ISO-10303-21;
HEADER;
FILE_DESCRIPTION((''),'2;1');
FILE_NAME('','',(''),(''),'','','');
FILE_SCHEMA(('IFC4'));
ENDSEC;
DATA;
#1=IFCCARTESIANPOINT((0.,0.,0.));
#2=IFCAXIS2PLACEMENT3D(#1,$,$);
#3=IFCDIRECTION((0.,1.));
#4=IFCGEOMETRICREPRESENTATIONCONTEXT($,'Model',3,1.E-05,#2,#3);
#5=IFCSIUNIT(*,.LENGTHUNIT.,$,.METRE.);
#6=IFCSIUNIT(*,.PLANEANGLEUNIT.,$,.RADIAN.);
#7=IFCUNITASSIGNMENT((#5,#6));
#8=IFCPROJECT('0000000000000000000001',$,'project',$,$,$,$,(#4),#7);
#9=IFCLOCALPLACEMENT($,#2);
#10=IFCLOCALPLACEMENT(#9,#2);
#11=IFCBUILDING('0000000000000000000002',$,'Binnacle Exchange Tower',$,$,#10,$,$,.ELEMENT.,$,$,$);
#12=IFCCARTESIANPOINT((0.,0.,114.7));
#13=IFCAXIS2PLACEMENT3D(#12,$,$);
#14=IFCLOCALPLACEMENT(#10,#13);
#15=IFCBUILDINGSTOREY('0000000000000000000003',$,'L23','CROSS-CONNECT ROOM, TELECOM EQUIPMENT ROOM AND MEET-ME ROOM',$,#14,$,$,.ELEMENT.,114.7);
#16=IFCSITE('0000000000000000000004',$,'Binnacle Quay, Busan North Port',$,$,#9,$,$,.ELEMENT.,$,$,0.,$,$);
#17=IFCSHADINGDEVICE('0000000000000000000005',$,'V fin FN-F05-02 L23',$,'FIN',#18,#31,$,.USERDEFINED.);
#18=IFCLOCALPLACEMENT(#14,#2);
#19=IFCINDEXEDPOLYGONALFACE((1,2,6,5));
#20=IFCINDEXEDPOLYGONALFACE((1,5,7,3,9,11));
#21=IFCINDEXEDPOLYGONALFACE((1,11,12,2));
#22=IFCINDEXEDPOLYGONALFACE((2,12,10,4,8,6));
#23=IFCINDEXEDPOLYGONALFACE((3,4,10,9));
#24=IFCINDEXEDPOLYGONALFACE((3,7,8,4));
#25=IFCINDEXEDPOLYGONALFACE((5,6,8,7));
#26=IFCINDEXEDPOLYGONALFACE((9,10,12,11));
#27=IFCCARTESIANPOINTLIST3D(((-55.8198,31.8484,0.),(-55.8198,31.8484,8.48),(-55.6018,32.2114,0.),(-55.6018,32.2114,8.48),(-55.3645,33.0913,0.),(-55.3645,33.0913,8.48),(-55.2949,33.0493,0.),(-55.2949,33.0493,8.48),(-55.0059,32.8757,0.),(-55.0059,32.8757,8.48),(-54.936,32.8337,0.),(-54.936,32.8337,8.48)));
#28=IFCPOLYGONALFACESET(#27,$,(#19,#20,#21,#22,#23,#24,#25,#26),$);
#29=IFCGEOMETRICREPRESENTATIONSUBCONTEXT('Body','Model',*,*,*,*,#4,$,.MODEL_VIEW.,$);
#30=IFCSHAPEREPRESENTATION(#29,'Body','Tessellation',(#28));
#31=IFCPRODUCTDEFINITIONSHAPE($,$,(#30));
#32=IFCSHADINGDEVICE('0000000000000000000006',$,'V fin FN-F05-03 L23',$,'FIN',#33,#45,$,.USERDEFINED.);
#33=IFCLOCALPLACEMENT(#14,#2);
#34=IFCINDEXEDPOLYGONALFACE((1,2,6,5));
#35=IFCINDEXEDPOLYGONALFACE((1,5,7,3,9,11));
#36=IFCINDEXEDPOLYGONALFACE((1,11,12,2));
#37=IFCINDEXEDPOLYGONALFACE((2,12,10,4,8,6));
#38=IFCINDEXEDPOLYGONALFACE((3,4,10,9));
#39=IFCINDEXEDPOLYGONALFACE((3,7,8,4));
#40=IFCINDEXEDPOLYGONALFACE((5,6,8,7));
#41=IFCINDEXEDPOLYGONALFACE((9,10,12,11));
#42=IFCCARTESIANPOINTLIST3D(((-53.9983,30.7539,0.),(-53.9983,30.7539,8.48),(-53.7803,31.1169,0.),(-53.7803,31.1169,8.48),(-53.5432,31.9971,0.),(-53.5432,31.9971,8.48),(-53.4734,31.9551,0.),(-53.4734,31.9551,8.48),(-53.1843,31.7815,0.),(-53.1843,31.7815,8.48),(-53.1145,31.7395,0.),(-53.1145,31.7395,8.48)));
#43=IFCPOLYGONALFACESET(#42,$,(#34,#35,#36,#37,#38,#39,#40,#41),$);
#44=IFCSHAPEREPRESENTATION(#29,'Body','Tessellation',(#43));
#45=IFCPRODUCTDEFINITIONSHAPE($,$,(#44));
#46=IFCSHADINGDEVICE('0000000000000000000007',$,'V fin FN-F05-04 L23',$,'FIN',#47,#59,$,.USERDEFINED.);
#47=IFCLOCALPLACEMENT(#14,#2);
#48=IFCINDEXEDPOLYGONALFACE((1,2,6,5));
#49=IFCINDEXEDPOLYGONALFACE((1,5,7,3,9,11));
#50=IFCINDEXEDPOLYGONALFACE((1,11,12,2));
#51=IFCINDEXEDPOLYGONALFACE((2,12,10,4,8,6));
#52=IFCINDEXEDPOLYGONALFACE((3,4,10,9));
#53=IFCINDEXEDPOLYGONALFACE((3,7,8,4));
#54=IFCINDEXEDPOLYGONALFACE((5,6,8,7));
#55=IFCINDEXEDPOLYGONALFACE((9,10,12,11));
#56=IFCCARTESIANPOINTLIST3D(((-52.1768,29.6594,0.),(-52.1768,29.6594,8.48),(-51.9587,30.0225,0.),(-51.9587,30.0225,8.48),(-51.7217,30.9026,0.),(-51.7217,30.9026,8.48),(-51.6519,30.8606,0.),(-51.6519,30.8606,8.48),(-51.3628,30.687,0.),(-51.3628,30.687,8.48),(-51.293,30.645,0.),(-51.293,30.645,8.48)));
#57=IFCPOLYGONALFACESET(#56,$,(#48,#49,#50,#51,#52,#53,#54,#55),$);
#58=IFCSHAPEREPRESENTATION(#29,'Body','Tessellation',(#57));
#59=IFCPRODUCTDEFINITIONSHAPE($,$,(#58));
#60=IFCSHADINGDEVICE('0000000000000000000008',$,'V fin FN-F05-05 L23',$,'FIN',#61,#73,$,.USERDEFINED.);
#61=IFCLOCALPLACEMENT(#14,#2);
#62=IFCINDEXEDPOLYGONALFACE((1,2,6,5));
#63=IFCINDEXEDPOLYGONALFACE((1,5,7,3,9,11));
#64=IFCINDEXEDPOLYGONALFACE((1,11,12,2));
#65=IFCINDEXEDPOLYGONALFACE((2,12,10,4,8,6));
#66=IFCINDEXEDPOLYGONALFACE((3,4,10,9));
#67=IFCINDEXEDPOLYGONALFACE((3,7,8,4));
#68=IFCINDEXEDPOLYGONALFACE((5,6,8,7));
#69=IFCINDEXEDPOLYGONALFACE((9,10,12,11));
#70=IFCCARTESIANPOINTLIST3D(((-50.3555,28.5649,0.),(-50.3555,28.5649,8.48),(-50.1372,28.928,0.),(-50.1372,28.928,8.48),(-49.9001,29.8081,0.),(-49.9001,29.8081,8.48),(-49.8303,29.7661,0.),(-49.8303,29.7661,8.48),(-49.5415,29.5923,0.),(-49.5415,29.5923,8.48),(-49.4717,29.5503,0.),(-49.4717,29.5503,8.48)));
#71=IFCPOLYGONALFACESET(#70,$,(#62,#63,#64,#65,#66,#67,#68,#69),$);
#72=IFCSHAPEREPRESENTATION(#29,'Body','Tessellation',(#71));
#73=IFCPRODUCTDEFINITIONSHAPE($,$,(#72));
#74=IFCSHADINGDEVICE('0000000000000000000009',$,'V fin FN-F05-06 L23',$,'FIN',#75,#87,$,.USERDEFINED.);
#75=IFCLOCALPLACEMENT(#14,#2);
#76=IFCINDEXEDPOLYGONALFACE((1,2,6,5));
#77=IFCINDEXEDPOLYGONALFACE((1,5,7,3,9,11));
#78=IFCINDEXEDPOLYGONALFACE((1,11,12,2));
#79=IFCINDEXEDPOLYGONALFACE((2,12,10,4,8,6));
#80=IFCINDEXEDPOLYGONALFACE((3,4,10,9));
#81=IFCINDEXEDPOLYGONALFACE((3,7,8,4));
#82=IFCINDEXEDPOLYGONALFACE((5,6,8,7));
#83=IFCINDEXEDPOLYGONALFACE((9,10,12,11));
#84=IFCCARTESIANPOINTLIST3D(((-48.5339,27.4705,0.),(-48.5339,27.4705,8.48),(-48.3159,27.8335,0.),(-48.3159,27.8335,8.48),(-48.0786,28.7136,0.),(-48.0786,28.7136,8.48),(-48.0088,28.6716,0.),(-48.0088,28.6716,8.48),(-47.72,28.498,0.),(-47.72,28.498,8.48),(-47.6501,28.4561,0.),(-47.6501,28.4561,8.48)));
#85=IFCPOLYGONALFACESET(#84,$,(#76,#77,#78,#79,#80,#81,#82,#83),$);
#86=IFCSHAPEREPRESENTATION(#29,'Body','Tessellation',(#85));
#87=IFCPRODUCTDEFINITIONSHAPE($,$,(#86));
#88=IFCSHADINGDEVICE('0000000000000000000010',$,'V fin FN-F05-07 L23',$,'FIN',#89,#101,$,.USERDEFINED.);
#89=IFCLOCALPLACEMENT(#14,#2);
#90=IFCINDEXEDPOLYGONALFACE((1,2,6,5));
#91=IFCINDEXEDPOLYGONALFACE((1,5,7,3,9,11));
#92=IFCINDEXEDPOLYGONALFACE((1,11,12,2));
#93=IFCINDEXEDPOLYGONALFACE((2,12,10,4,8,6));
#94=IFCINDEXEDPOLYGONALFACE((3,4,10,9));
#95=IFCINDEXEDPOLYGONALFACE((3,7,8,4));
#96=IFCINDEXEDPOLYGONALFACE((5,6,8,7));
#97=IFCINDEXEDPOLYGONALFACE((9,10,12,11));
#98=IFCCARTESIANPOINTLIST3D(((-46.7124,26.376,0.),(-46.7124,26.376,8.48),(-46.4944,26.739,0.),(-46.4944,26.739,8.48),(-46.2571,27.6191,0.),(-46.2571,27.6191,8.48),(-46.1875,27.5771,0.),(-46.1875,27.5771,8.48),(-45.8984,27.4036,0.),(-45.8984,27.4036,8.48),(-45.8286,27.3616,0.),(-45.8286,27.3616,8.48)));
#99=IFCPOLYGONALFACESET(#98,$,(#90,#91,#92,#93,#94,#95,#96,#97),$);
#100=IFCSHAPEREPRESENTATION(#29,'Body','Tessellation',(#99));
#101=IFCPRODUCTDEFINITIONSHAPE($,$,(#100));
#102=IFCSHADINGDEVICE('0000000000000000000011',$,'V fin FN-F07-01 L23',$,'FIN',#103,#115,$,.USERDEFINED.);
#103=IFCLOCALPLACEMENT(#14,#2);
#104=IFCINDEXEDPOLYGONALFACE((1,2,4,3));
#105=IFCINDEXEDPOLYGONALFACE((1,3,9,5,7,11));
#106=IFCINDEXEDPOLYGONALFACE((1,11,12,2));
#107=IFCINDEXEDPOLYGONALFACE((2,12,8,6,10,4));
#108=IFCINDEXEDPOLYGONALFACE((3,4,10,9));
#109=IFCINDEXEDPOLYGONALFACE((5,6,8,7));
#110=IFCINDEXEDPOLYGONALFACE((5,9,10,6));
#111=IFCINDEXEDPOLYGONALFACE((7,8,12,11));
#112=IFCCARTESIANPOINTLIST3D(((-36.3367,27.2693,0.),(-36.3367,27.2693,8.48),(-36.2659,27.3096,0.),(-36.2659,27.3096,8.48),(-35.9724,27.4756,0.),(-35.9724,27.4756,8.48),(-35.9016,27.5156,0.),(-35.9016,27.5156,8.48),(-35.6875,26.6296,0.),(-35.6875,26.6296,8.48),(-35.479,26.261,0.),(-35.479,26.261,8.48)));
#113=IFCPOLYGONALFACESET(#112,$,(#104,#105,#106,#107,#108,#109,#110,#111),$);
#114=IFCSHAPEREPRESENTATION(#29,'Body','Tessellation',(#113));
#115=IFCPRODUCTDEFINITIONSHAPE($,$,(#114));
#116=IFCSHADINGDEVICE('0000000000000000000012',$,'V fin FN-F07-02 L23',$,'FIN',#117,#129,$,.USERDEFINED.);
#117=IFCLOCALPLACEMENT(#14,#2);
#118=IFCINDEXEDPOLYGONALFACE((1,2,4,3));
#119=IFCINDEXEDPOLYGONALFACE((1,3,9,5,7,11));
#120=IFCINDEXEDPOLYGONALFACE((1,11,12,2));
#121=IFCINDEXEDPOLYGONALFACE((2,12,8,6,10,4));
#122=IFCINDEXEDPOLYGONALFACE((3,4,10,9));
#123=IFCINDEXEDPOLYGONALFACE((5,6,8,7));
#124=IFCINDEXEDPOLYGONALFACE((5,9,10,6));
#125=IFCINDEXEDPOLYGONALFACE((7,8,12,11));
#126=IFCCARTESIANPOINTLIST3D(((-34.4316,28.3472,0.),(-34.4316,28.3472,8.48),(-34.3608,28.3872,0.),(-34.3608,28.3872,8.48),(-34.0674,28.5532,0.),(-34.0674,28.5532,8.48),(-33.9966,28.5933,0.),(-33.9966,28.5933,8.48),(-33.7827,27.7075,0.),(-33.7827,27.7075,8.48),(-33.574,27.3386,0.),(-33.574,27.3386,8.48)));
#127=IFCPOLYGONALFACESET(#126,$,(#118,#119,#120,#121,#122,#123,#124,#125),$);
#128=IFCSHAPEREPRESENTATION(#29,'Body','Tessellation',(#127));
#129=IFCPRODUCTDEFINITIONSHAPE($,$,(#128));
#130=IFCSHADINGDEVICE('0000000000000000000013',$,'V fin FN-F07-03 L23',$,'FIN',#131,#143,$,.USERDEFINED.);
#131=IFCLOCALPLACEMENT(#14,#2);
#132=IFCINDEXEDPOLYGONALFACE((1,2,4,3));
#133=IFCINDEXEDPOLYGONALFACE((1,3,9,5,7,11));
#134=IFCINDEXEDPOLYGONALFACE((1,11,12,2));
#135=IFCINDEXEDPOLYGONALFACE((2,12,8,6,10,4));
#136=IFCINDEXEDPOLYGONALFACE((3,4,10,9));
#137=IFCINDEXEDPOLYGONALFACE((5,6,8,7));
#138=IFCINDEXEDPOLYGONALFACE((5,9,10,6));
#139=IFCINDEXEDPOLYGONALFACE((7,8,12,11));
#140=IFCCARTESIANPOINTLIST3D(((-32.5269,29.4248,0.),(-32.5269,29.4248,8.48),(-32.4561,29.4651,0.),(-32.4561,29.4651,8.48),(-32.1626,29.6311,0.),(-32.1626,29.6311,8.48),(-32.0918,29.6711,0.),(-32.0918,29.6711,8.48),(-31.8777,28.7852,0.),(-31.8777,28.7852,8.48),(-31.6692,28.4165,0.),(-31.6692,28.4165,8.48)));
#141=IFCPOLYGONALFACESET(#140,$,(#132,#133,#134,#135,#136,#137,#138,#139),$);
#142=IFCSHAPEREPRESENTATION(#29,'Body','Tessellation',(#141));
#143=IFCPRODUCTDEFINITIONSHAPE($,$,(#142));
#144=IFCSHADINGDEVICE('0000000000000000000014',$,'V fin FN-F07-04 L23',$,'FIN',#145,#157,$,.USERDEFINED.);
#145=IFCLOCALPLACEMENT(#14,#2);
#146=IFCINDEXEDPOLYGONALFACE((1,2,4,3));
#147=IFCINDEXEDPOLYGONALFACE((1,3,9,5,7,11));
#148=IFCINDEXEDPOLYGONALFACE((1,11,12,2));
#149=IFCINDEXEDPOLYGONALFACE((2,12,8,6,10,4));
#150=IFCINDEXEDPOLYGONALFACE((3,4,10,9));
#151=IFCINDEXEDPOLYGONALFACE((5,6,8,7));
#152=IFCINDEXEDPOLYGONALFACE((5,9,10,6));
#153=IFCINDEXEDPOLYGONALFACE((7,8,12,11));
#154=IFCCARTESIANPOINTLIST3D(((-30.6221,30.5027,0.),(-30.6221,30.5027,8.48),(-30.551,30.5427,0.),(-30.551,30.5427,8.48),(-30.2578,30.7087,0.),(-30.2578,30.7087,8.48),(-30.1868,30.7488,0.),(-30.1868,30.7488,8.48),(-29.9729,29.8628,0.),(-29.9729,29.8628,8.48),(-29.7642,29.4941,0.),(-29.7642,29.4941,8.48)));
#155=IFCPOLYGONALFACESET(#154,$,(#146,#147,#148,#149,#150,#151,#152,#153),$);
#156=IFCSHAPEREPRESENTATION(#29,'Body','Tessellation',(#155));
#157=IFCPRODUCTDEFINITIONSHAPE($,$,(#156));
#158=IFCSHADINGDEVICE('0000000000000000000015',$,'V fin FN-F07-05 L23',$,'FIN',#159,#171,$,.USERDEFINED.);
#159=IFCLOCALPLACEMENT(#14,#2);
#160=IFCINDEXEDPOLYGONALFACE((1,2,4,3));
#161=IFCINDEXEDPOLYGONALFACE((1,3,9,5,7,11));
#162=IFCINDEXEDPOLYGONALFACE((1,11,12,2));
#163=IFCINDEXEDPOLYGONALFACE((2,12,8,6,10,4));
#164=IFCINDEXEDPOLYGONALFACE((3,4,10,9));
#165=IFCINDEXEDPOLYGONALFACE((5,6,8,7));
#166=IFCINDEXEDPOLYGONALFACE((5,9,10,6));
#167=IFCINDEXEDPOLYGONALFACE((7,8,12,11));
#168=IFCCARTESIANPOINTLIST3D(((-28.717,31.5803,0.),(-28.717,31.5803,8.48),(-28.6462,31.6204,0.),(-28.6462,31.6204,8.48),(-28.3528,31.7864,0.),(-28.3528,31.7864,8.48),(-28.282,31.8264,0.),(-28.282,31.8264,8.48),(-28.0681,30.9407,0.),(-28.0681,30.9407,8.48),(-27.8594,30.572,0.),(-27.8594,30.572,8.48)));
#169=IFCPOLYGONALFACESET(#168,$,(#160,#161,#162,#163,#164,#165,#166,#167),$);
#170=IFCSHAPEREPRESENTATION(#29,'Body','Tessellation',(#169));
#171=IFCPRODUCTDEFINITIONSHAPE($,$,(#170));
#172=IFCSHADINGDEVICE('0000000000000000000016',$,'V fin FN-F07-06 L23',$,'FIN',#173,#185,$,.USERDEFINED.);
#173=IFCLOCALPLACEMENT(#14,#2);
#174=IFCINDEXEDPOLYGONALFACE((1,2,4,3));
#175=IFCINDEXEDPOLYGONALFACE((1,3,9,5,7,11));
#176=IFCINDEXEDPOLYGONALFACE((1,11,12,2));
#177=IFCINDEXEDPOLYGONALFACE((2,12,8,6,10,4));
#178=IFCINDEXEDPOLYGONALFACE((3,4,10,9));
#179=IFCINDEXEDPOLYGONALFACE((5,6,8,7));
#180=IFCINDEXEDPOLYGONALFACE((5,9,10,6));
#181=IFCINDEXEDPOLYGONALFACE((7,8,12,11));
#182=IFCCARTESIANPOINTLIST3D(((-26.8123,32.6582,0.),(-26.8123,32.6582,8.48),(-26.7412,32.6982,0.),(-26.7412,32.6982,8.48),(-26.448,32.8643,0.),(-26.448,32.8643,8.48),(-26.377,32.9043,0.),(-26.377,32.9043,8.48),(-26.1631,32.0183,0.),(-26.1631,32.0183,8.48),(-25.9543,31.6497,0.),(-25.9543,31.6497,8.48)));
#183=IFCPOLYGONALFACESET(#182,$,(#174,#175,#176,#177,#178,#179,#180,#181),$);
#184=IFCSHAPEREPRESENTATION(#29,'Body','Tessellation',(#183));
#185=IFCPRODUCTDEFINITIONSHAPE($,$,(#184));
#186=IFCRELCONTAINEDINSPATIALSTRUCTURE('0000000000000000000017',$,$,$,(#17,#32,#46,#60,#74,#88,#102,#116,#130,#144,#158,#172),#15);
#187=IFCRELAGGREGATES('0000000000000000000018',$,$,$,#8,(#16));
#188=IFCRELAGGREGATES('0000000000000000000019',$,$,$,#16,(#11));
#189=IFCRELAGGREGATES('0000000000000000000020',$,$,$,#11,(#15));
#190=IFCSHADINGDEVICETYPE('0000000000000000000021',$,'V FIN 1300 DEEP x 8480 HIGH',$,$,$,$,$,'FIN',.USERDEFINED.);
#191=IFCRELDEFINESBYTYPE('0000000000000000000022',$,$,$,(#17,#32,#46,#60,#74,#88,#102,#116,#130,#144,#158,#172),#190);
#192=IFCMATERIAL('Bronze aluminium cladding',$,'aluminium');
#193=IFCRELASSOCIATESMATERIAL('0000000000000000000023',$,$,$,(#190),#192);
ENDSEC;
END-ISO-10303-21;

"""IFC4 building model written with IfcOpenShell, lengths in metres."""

from ifc_helpers import new_model, si_unit, direction, frame, origin, place, context, subcontext, project, spatial, polyline, outline, extrude, material, type_object, element, save


model = new_model("IFC4")

# Units and contexts
model_context = context("Model", 3, precision=1e-05, world=origin(), true_north=direction((0.0, 1.0)))
body_context = subcontext(model_context, "Body", "Model", "MODEL_VIEW")
ifc_project = project(units=[si_unit("LENGTHUNIT", "METRE"), si_unit("PLANEANGLEUNIT", "RADIAN")], contexts=[model_context])

# Site, building, storey
site_placement = place(None, origin())
site = spatial("IfcSite", under=ifc_project, at=site_placement, Name="Binnacle Quay, Busan North Port", CompositionType="ELEMENT", RefElevation=0.0)
building_placement = place(site_placement, origin())
building = spatial("IfcBuilding", under=site, at=building_placement, Name="Binnacle Exchange Tower", CompositionType="ELEMENT")
storey_placement = place(building_placement, frame((0.0, 0.0, 114.7)))
storey = spatial("IfcBuildingStorey", under=building, at=storey_placement, Name="L23", Description="CROSS-CONNECT ROOM, TELECOM EQUIPMENT ROOM AND MEET-ME ROOM", CompositionType="ELEMENT", Elevation=114.7)

# Shading devices
ifc_material = material(Name="Bronze aluminium cladding", Category="aluminium")
shading_device_type = type_object("IfcShadingDeviceType", Name="V FIN 1300 DEEP x 8480 HIGH", ElementType="FIN", PredefinedType="USERDEFINED", material=ifc_material)
shading_device_1_placement = place(storey_placement, origin())
element("IfcShadingDevice", 1, at=shading_device_1_placement, inside=storey, type_object=shading_device_type, Name="V fin FN-F05-02 L23", ObjectType="FIN", PredefinedType="USERDEFINED", context=body_context, shape_type="SweptSolid", body=[
    extrude(outline(polyline([(-55.3645, 33.0913), (-55.8198, 31.8484), (-54.936, 32.8337), (-55.0059, 32.8757), (-55.6018, 32.2114), (-55.2949, 33.0493), (-55.3645, 33.0913)])), origin(), (0.0, 0.0, 1.0), 8.48),
])
shading_device_2_placement = place(storey_placement, origin())
element("IfcShadingDevice", 2, at=shading_device_2_placement, inside=storey, type_object=shading_device_type, Name="V fin FN-F05-03 L23", ObjectType="FIN", PredefinedType="USERDEFINED", context=body_context, shape_type="SweptSolid", body=[
    extrude(outline(polyline([(-53.5432, 31.9971), (-53.9983, 30.7539), (-53.1145, 31.7395), (-53.1843, 31.7815), (-53.7803, 31.1169), (-53.4734, 31.9551), (-53.5432, 31.9971)])), origin(), (0.0, 0.0, 1.0), 8.48),
])
shading_device_3_placement = place(storey_placement, origin())
element("IfcShadingDevice", 3, at=shading_device_3_placement, inside=storey, type_object=shading_device_type, Name="V fin FN-F05-04 L23", ObjectType="FIN", PredefinedType="USERDEFINED", context=body_context, shape_type="SweptSolid", body=[
    extrude(outline(polyline([(-51.7217, 30.9026), (-52.1768, 29.6594), (-51.293, 30.645), (-51.3628, 30.687), (-51.9587, 30.0225), (-51.6519, 30.8606), (-51.7217, 30.9026)])), origin(), (0.0, 0.0, 1.0), 8.48),
])
shading_device_4_placement = place(storey_placement, origin())
element("IfcShadingDevice", 4, at=shading_device_4_placement, inside=storey, type_object=shading_device_type, Name="V fin FN-F05-05 L23", ObjectType="FIN", PredefinedType="USERDEFINED", context=body_context, shape_type="SweptSolid", body=[
    extrude(outline(polyline([(-49.9001, 29.8081), (-50.3555, 28.5649), (-49.4717, 29.5503), (-49.5415, 29.5923), (-50.1372, 28.928), (-49.8303, 29.7661), (-49.9001, 29.8081)])), origin(), (0.0, 0.0, 1.0), 8.48),
])
shading_device_5_placement = place(storey_placement, origin())
element("IfcShadingDevice", 5, at=shading_device_5_placement, inside=storey, type_object=shading_device_type, Name="V fin FN-F05-06 L23", ObjectType="FIN", PredefinedType="USERDEFINED", context=body_context, shape_type="SweptSolid", body=[
    extrude(outline(polyline([(-48.0786, 28.7136), (-48.5339, 27.4705), (-47.6501, 28.4561), (-47.72, 28.498), (-48.3159, 27.8335), (-48.0088, 28.6716), (-48.0786, 28.7136)])), origin(), (0.0, 0.0, 1.0), 8.48),
])
shading_device_6_placement = place(storey_placement, origin())
element("IfcShadingDevice", 6, at=shading_device_6_placement, inside=storey, type_object=shading_device_type, Name="V fin FN-F05-07 L23", ObjectType="FIN", PredefinedType="USERDEFINED", context=body_context, shape_type="SweptSolid", body=[
    extrude(outline(polyline([(-46.2571, 27.6191), (-46.7124, 26.376), (-45.8286, 27.3616), (-45.8984, 27.4036), (-46.4944, 26.739), (-46.1875, 27.5771), (-46.2571, 27.6191)])), origin(), (0.0, 0.0, 1.0), 8.48),
])
shading_device_7_placement = place(storey_placement, origin())
element("IfcShadingDevice", 7, at=shading_device_7_placement, inside=storey, type_object=shading_device_type, Name="V fin FN-F07-01 L23", ObjectType="FIN", PredefinedType="USERDEFINED", context=body_context, shape_type="SweptSolid", body=[
    extrude(outline(polyline([(-36.3367, 27.2693), (-35.479, 26.261), (-35.9016, 27.5156), (-35.9724, 27.4756), (-35.6875, 26.6296), (-36.2659, 27.3096), (-36.3367, 27.2693)])), origin(), (0.0, 0.0, 1.0), 8.48),
])
shading_device_8_placement = place(storey_placement, origin())
element("IfcShadingDevice", 8, at=shading_device_8_placement, inside=storey, type_object=shading_device_type, Name="V fin FN-F07-02 L23", ObjectType="FIN", PredefinedType="USERDEFINED", context=body_context, shape_type="SweptSolid", body=[
    extrude(outline(polyline([(-34.4316, 28.3472), (-33.574, 27.3386), (-33.9966, 28.5933), (-34.0674, 28.5532), (-33.7827, 27.7075), (-34.3608, 28.3872), (-34.4316, 28.3472)])), origin(), (0.0, 0.0, 1.0), 8.48),
])
shading_device_9_placement = place(storey_placement, origin())
element("IfcShadingDevice", 9, at=shading_device_9_placement, inside=storey, type_object=shading_device_type, Name="V fin FN-F07-03 L23", ObjectType="FIN", PredefinedType="USERDEFINED", context=body_context, shape_type="SweptSolid", body=[
    extrude(outline(polyline([(-32.5269, 29.4248), (-31.6692, 28.4165), (-32.0918, 29.6711), (-32.1626, 29.6311), (-31.8777, 28.7852), (-32.4561, 29.4651), (-32.5269, 29.4248)])), origin(), (0.0, 0.0, 1.0), 8.48),
])
shading_device_10_placement = place(storey_placement, origin())
element("IfcShadingDevice", 10, at=shading_device_10_placement, inside=storey, type_object=shading_device_type, Name="V fin FN-F07-04 L23", ObjectType="FIN", PredefinedType="USERDEFINED", context=body_context, shape_type="SweptSolid", body=[
    extrude(outline(polyline([(-30.6221, 30.5027), (-29.7642, 29.4941), (-30.1868, 30.7488), (-30.2578, 30.7087), (-29.9729, 29.8628), (-30.551, 30.5427), (-30.6221, 30.5027)])), origin(), (0.0, 0.0, 1.0), 8.48),
])
shading_device_11_placement = place(storey_placement, origin())
element("IfcShadingDevice", 11, at=shading_device_11_placement, inside=storey, type_object=shading_device_type, Name="V fin FN-F07-05 L23", ObjectType="FIN", PredefinedType="USERDEFINED", context=body_context, shape_type="SweptSolid", body=[
    extrude(outline(polyline([(-28.717, 31.5803), (-27.8594, 30.572), (-28.282, 31.8264), (-28.3528, 31.7864), (-28.0681, 30.9407), (-28.6462, 31.6204), (-28.717, 31.5803)])), origin(), (0.0, 0.0, 1.0), 8.48),
])
shading_device_12_placement = place(storey_placement, origin())
element("IfcShadingDevice", 12, at=shading_device_12_placement, inside=storey, type_object=shading_device_type, Name="V fin FN-F07-06 L23", ObjectType="FIN", PredefinedType="USERDEFINED", context=body_context, shape_type="SweptSolid", body=[
    extrude(outline(polyline([(-26.8123, 32.6582), (-25.9543, 31.6497), (-26.377, 32.9043), (-26.448, 32.8643), (-26.1631, 32.0183), (-26.7412, 32.6982), (-26.8123, 32.6582)])), origin(), (0.0, 0.0, 1.0), 8.48),
])

save(model, "model.ifc")
